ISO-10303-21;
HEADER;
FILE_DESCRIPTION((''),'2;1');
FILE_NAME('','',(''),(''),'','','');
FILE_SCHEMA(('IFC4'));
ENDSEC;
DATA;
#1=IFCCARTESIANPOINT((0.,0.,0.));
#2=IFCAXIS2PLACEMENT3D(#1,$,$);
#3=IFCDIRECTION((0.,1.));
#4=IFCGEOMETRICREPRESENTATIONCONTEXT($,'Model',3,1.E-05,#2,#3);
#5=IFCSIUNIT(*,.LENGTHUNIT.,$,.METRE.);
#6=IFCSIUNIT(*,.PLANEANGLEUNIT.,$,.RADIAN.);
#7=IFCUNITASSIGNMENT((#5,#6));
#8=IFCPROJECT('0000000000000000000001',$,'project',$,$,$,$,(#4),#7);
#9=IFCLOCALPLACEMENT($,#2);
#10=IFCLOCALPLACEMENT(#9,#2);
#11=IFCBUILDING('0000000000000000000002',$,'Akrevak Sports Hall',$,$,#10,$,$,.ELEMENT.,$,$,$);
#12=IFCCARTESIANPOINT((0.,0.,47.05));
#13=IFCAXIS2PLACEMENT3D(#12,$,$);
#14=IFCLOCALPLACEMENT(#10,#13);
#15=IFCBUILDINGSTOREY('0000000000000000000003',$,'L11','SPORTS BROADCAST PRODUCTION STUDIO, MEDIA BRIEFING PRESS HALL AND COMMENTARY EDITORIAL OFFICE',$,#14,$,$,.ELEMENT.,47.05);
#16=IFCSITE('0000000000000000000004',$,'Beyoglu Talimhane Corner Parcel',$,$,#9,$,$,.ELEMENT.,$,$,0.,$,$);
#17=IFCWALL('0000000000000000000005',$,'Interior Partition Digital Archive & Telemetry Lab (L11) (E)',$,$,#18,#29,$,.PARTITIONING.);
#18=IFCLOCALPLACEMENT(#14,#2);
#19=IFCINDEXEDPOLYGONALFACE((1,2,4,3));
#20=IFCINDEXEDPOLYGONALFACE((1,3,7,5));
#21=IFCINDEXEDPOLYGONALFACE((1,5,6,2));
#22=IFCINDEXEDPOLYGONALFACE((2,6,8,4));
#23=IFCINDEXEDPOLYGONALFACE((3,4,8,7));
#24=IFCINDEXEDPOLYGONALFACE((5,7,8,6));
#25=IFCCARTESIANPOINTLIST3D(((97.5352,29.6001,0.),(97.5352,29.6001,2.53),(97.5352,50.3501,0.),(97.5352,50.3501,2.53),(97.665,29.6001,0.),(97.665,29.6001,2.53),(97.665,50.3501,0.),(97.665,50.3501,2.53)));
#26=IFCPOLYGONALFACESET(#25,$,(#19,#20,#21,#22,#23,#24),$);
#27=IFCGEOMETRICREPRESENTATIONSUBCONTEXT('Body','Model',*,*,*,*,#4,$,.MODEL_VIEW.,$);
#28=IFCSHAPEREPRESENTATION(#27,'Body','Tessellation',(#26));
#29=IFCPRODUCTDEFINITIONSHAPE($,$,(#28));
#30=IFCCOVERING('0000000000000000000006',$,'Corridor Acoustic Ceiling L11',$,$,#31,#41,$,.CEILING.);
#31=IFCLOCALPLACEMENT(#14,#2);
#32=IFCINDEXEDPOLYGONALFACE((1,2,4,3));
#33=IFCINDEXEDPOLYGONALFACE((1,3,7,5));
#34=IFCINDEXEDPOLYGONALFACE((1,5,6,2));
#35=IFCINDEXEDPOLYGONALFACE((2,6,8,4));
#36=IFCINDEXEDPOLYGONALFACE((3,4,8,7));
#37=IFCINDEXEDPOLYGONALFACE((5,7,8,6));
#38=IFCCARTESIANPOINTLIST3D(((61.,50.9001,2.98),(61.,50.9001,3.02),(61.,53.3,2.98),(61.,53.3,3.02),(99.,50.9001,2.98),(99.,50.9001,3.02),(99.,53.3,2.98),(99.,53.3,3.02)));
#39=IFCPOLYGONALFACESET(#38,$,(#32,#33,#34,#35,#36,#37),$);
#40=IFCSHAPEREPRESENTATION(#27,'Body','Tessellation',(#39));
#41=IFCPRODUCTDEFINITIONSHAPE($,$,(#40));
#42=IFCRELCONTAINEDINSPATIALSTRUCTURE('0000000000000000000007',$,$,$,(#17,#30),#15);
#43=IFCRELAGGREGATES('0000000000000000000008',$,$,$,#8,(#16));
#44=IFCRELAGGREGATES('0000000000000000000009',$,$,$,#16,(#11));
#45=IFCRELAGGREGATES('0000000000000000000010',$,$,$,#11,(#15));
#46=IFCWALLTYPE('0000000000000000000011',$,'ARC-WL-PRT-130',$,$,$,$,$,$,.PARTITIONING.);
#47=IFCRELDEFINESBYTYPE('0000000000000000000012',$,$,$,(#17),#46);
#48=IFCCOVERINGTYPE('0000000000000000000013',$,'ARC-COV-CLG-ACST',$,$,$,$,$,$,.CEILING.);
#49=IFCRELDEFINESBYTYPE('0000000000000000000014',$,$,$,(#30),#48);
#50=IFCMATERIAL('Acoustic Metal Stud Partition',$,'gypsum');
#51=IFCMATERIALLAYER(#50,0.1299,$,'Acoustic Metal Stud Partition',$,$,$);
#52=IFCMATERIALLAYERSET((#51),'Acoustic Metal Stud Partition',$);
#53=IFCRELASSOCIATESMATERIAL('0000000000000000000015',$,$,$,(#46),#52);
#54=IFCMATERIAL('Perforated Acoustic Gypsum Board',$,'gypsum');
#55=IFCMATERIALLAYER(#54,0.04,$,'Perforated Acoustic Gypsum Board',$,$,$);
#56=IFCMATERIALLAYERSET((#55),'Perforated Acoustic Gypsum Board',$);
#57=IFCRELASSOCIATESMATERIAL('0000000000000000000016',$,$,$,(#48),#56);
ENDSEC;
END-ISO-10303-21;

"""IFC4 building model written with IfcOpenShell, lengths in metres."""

from ifc_helpers import new_model, si_unit, direction, frame, frame_2d, origin, origin_2d, place, context, subcontext, project, spatial, rectangle, extrude, material, layer, layer_set, type_object, element, save


model = new_model("IFC4")

# Units and contexts
model_context = context("Model", 3, precision=1e-05, world=origin(), true_north=direction((0.0, 1.0)))
body_context = subcontext(model_context, "Body", "Model", "MODEL_VIEW")
ifc_project = project(units=[si_unit("LENGTHUNIT", "METRE"), si_unit("PLANEANGLEUNIT", "RADIAN")], contexts=[model_context])

# Site, building, storey
site_placement = place(None, origin())
site = spatial("IfcSite", under=ifc_project, at=site_placement, Name="Beyoglu Talimhane Corner Parcel", CompositionType="ELEMENT", RefElevation=0.0)
building_placement = place(site_placement, origin())
building = spatial("IfcBuilding", under=site, at=building_placement, Name="Akrevak Sports Hall", CompositionType="ELEMENT")
storey_placement = place(building_placement, frame((0.0, 0.0, 47.05)))
storey = spatial("IfcBuildingStorey", under=building, at=storey_placement, Name="L11", Description="SPORTS BROADCAST PRODUCTION STUDIO, MEDIA BRIEFING PRESS HALL AND COMMENTARY EDITORIAL OFFICE", CompositionType="ELEMENT", Elevation=47.05)

# Shared definitions
ifc_material_1 = material(Name="Acoustic Metal Stud Partition", Category="gypsum")
ifc_layer_1 = layer(ifc_material_1, 0.1299, Name="Acoustic Metal Stud Partition")
ifc_layer_set_1 = layer_set([ifc_layer_1], Name="Acoustic Metal Stud Partition")
wall_type_1 = type_object("IfcWallType", Name="ARC-WL-PRT-130", PredefinedType="PARTITIONING", material=ifc_layer_set_1)

# Wall
wall_1_placement = place(storey_placement, frame((97.6001, 29.6001, 0.0), z_axis=(0.0, 0.0, 1.0), x_axis=(0.0, 1.0, 0.0)))
element("IfcWall", 1, at=wall_1_placement, inside=storey, type_object=wall_type_1, Name="Interior Partition Digital Archive & Telemetry Lab (L11) (E)", PredefinedType="PARTITIONING", context=body_context, shape_type="SweptSolid", body=[
    extrude(rectangle(XDim=20.75, YDim=0.1299, at=frame_2d((10.375, 0.0))), origin(), (0.0, 0.0, 1.0), 2.53),
])

# Covering
ifc_material_2 = material(Name="Perforated Acoustic Gypsum Board", Category="gypsum")
ifc_layer_2 = layer(ifc_material_2, 0.04, Name="Perforated Acoustic Gypsum Board")
ifc_layer_set_2 = layer_set([ifc_layer_2], Name="Perforated Acoustic Gypsum Board")
covering_type = type_object("IfcCoveringType", Name="ARC-COV-CLG-ACST", PredefinedType="CEILING", material=ifc_layer_set_2)
covering_placement = place(storey_placement, frame((80.0, 52.1001, 2.98), z_axis=(0.0, 0.0, 1.0), x_axis=(1.0, 0.0, 0.0)))
element("IfcCovering", 2, at=covering_placement, inside=storey, type_object=covering_type, Name="Corridor Acoustic Ceiling L11", PredefinedType="CEILING", context=body_context, shape_type="SweptSolid", body=[
    extrude(rectangle(XDim=38.0, YDim=2.3999, at=origin_2d()), origin(), (0.0, 0.0, 1.0), 0.04),
])

save(model, "model.ifc")
